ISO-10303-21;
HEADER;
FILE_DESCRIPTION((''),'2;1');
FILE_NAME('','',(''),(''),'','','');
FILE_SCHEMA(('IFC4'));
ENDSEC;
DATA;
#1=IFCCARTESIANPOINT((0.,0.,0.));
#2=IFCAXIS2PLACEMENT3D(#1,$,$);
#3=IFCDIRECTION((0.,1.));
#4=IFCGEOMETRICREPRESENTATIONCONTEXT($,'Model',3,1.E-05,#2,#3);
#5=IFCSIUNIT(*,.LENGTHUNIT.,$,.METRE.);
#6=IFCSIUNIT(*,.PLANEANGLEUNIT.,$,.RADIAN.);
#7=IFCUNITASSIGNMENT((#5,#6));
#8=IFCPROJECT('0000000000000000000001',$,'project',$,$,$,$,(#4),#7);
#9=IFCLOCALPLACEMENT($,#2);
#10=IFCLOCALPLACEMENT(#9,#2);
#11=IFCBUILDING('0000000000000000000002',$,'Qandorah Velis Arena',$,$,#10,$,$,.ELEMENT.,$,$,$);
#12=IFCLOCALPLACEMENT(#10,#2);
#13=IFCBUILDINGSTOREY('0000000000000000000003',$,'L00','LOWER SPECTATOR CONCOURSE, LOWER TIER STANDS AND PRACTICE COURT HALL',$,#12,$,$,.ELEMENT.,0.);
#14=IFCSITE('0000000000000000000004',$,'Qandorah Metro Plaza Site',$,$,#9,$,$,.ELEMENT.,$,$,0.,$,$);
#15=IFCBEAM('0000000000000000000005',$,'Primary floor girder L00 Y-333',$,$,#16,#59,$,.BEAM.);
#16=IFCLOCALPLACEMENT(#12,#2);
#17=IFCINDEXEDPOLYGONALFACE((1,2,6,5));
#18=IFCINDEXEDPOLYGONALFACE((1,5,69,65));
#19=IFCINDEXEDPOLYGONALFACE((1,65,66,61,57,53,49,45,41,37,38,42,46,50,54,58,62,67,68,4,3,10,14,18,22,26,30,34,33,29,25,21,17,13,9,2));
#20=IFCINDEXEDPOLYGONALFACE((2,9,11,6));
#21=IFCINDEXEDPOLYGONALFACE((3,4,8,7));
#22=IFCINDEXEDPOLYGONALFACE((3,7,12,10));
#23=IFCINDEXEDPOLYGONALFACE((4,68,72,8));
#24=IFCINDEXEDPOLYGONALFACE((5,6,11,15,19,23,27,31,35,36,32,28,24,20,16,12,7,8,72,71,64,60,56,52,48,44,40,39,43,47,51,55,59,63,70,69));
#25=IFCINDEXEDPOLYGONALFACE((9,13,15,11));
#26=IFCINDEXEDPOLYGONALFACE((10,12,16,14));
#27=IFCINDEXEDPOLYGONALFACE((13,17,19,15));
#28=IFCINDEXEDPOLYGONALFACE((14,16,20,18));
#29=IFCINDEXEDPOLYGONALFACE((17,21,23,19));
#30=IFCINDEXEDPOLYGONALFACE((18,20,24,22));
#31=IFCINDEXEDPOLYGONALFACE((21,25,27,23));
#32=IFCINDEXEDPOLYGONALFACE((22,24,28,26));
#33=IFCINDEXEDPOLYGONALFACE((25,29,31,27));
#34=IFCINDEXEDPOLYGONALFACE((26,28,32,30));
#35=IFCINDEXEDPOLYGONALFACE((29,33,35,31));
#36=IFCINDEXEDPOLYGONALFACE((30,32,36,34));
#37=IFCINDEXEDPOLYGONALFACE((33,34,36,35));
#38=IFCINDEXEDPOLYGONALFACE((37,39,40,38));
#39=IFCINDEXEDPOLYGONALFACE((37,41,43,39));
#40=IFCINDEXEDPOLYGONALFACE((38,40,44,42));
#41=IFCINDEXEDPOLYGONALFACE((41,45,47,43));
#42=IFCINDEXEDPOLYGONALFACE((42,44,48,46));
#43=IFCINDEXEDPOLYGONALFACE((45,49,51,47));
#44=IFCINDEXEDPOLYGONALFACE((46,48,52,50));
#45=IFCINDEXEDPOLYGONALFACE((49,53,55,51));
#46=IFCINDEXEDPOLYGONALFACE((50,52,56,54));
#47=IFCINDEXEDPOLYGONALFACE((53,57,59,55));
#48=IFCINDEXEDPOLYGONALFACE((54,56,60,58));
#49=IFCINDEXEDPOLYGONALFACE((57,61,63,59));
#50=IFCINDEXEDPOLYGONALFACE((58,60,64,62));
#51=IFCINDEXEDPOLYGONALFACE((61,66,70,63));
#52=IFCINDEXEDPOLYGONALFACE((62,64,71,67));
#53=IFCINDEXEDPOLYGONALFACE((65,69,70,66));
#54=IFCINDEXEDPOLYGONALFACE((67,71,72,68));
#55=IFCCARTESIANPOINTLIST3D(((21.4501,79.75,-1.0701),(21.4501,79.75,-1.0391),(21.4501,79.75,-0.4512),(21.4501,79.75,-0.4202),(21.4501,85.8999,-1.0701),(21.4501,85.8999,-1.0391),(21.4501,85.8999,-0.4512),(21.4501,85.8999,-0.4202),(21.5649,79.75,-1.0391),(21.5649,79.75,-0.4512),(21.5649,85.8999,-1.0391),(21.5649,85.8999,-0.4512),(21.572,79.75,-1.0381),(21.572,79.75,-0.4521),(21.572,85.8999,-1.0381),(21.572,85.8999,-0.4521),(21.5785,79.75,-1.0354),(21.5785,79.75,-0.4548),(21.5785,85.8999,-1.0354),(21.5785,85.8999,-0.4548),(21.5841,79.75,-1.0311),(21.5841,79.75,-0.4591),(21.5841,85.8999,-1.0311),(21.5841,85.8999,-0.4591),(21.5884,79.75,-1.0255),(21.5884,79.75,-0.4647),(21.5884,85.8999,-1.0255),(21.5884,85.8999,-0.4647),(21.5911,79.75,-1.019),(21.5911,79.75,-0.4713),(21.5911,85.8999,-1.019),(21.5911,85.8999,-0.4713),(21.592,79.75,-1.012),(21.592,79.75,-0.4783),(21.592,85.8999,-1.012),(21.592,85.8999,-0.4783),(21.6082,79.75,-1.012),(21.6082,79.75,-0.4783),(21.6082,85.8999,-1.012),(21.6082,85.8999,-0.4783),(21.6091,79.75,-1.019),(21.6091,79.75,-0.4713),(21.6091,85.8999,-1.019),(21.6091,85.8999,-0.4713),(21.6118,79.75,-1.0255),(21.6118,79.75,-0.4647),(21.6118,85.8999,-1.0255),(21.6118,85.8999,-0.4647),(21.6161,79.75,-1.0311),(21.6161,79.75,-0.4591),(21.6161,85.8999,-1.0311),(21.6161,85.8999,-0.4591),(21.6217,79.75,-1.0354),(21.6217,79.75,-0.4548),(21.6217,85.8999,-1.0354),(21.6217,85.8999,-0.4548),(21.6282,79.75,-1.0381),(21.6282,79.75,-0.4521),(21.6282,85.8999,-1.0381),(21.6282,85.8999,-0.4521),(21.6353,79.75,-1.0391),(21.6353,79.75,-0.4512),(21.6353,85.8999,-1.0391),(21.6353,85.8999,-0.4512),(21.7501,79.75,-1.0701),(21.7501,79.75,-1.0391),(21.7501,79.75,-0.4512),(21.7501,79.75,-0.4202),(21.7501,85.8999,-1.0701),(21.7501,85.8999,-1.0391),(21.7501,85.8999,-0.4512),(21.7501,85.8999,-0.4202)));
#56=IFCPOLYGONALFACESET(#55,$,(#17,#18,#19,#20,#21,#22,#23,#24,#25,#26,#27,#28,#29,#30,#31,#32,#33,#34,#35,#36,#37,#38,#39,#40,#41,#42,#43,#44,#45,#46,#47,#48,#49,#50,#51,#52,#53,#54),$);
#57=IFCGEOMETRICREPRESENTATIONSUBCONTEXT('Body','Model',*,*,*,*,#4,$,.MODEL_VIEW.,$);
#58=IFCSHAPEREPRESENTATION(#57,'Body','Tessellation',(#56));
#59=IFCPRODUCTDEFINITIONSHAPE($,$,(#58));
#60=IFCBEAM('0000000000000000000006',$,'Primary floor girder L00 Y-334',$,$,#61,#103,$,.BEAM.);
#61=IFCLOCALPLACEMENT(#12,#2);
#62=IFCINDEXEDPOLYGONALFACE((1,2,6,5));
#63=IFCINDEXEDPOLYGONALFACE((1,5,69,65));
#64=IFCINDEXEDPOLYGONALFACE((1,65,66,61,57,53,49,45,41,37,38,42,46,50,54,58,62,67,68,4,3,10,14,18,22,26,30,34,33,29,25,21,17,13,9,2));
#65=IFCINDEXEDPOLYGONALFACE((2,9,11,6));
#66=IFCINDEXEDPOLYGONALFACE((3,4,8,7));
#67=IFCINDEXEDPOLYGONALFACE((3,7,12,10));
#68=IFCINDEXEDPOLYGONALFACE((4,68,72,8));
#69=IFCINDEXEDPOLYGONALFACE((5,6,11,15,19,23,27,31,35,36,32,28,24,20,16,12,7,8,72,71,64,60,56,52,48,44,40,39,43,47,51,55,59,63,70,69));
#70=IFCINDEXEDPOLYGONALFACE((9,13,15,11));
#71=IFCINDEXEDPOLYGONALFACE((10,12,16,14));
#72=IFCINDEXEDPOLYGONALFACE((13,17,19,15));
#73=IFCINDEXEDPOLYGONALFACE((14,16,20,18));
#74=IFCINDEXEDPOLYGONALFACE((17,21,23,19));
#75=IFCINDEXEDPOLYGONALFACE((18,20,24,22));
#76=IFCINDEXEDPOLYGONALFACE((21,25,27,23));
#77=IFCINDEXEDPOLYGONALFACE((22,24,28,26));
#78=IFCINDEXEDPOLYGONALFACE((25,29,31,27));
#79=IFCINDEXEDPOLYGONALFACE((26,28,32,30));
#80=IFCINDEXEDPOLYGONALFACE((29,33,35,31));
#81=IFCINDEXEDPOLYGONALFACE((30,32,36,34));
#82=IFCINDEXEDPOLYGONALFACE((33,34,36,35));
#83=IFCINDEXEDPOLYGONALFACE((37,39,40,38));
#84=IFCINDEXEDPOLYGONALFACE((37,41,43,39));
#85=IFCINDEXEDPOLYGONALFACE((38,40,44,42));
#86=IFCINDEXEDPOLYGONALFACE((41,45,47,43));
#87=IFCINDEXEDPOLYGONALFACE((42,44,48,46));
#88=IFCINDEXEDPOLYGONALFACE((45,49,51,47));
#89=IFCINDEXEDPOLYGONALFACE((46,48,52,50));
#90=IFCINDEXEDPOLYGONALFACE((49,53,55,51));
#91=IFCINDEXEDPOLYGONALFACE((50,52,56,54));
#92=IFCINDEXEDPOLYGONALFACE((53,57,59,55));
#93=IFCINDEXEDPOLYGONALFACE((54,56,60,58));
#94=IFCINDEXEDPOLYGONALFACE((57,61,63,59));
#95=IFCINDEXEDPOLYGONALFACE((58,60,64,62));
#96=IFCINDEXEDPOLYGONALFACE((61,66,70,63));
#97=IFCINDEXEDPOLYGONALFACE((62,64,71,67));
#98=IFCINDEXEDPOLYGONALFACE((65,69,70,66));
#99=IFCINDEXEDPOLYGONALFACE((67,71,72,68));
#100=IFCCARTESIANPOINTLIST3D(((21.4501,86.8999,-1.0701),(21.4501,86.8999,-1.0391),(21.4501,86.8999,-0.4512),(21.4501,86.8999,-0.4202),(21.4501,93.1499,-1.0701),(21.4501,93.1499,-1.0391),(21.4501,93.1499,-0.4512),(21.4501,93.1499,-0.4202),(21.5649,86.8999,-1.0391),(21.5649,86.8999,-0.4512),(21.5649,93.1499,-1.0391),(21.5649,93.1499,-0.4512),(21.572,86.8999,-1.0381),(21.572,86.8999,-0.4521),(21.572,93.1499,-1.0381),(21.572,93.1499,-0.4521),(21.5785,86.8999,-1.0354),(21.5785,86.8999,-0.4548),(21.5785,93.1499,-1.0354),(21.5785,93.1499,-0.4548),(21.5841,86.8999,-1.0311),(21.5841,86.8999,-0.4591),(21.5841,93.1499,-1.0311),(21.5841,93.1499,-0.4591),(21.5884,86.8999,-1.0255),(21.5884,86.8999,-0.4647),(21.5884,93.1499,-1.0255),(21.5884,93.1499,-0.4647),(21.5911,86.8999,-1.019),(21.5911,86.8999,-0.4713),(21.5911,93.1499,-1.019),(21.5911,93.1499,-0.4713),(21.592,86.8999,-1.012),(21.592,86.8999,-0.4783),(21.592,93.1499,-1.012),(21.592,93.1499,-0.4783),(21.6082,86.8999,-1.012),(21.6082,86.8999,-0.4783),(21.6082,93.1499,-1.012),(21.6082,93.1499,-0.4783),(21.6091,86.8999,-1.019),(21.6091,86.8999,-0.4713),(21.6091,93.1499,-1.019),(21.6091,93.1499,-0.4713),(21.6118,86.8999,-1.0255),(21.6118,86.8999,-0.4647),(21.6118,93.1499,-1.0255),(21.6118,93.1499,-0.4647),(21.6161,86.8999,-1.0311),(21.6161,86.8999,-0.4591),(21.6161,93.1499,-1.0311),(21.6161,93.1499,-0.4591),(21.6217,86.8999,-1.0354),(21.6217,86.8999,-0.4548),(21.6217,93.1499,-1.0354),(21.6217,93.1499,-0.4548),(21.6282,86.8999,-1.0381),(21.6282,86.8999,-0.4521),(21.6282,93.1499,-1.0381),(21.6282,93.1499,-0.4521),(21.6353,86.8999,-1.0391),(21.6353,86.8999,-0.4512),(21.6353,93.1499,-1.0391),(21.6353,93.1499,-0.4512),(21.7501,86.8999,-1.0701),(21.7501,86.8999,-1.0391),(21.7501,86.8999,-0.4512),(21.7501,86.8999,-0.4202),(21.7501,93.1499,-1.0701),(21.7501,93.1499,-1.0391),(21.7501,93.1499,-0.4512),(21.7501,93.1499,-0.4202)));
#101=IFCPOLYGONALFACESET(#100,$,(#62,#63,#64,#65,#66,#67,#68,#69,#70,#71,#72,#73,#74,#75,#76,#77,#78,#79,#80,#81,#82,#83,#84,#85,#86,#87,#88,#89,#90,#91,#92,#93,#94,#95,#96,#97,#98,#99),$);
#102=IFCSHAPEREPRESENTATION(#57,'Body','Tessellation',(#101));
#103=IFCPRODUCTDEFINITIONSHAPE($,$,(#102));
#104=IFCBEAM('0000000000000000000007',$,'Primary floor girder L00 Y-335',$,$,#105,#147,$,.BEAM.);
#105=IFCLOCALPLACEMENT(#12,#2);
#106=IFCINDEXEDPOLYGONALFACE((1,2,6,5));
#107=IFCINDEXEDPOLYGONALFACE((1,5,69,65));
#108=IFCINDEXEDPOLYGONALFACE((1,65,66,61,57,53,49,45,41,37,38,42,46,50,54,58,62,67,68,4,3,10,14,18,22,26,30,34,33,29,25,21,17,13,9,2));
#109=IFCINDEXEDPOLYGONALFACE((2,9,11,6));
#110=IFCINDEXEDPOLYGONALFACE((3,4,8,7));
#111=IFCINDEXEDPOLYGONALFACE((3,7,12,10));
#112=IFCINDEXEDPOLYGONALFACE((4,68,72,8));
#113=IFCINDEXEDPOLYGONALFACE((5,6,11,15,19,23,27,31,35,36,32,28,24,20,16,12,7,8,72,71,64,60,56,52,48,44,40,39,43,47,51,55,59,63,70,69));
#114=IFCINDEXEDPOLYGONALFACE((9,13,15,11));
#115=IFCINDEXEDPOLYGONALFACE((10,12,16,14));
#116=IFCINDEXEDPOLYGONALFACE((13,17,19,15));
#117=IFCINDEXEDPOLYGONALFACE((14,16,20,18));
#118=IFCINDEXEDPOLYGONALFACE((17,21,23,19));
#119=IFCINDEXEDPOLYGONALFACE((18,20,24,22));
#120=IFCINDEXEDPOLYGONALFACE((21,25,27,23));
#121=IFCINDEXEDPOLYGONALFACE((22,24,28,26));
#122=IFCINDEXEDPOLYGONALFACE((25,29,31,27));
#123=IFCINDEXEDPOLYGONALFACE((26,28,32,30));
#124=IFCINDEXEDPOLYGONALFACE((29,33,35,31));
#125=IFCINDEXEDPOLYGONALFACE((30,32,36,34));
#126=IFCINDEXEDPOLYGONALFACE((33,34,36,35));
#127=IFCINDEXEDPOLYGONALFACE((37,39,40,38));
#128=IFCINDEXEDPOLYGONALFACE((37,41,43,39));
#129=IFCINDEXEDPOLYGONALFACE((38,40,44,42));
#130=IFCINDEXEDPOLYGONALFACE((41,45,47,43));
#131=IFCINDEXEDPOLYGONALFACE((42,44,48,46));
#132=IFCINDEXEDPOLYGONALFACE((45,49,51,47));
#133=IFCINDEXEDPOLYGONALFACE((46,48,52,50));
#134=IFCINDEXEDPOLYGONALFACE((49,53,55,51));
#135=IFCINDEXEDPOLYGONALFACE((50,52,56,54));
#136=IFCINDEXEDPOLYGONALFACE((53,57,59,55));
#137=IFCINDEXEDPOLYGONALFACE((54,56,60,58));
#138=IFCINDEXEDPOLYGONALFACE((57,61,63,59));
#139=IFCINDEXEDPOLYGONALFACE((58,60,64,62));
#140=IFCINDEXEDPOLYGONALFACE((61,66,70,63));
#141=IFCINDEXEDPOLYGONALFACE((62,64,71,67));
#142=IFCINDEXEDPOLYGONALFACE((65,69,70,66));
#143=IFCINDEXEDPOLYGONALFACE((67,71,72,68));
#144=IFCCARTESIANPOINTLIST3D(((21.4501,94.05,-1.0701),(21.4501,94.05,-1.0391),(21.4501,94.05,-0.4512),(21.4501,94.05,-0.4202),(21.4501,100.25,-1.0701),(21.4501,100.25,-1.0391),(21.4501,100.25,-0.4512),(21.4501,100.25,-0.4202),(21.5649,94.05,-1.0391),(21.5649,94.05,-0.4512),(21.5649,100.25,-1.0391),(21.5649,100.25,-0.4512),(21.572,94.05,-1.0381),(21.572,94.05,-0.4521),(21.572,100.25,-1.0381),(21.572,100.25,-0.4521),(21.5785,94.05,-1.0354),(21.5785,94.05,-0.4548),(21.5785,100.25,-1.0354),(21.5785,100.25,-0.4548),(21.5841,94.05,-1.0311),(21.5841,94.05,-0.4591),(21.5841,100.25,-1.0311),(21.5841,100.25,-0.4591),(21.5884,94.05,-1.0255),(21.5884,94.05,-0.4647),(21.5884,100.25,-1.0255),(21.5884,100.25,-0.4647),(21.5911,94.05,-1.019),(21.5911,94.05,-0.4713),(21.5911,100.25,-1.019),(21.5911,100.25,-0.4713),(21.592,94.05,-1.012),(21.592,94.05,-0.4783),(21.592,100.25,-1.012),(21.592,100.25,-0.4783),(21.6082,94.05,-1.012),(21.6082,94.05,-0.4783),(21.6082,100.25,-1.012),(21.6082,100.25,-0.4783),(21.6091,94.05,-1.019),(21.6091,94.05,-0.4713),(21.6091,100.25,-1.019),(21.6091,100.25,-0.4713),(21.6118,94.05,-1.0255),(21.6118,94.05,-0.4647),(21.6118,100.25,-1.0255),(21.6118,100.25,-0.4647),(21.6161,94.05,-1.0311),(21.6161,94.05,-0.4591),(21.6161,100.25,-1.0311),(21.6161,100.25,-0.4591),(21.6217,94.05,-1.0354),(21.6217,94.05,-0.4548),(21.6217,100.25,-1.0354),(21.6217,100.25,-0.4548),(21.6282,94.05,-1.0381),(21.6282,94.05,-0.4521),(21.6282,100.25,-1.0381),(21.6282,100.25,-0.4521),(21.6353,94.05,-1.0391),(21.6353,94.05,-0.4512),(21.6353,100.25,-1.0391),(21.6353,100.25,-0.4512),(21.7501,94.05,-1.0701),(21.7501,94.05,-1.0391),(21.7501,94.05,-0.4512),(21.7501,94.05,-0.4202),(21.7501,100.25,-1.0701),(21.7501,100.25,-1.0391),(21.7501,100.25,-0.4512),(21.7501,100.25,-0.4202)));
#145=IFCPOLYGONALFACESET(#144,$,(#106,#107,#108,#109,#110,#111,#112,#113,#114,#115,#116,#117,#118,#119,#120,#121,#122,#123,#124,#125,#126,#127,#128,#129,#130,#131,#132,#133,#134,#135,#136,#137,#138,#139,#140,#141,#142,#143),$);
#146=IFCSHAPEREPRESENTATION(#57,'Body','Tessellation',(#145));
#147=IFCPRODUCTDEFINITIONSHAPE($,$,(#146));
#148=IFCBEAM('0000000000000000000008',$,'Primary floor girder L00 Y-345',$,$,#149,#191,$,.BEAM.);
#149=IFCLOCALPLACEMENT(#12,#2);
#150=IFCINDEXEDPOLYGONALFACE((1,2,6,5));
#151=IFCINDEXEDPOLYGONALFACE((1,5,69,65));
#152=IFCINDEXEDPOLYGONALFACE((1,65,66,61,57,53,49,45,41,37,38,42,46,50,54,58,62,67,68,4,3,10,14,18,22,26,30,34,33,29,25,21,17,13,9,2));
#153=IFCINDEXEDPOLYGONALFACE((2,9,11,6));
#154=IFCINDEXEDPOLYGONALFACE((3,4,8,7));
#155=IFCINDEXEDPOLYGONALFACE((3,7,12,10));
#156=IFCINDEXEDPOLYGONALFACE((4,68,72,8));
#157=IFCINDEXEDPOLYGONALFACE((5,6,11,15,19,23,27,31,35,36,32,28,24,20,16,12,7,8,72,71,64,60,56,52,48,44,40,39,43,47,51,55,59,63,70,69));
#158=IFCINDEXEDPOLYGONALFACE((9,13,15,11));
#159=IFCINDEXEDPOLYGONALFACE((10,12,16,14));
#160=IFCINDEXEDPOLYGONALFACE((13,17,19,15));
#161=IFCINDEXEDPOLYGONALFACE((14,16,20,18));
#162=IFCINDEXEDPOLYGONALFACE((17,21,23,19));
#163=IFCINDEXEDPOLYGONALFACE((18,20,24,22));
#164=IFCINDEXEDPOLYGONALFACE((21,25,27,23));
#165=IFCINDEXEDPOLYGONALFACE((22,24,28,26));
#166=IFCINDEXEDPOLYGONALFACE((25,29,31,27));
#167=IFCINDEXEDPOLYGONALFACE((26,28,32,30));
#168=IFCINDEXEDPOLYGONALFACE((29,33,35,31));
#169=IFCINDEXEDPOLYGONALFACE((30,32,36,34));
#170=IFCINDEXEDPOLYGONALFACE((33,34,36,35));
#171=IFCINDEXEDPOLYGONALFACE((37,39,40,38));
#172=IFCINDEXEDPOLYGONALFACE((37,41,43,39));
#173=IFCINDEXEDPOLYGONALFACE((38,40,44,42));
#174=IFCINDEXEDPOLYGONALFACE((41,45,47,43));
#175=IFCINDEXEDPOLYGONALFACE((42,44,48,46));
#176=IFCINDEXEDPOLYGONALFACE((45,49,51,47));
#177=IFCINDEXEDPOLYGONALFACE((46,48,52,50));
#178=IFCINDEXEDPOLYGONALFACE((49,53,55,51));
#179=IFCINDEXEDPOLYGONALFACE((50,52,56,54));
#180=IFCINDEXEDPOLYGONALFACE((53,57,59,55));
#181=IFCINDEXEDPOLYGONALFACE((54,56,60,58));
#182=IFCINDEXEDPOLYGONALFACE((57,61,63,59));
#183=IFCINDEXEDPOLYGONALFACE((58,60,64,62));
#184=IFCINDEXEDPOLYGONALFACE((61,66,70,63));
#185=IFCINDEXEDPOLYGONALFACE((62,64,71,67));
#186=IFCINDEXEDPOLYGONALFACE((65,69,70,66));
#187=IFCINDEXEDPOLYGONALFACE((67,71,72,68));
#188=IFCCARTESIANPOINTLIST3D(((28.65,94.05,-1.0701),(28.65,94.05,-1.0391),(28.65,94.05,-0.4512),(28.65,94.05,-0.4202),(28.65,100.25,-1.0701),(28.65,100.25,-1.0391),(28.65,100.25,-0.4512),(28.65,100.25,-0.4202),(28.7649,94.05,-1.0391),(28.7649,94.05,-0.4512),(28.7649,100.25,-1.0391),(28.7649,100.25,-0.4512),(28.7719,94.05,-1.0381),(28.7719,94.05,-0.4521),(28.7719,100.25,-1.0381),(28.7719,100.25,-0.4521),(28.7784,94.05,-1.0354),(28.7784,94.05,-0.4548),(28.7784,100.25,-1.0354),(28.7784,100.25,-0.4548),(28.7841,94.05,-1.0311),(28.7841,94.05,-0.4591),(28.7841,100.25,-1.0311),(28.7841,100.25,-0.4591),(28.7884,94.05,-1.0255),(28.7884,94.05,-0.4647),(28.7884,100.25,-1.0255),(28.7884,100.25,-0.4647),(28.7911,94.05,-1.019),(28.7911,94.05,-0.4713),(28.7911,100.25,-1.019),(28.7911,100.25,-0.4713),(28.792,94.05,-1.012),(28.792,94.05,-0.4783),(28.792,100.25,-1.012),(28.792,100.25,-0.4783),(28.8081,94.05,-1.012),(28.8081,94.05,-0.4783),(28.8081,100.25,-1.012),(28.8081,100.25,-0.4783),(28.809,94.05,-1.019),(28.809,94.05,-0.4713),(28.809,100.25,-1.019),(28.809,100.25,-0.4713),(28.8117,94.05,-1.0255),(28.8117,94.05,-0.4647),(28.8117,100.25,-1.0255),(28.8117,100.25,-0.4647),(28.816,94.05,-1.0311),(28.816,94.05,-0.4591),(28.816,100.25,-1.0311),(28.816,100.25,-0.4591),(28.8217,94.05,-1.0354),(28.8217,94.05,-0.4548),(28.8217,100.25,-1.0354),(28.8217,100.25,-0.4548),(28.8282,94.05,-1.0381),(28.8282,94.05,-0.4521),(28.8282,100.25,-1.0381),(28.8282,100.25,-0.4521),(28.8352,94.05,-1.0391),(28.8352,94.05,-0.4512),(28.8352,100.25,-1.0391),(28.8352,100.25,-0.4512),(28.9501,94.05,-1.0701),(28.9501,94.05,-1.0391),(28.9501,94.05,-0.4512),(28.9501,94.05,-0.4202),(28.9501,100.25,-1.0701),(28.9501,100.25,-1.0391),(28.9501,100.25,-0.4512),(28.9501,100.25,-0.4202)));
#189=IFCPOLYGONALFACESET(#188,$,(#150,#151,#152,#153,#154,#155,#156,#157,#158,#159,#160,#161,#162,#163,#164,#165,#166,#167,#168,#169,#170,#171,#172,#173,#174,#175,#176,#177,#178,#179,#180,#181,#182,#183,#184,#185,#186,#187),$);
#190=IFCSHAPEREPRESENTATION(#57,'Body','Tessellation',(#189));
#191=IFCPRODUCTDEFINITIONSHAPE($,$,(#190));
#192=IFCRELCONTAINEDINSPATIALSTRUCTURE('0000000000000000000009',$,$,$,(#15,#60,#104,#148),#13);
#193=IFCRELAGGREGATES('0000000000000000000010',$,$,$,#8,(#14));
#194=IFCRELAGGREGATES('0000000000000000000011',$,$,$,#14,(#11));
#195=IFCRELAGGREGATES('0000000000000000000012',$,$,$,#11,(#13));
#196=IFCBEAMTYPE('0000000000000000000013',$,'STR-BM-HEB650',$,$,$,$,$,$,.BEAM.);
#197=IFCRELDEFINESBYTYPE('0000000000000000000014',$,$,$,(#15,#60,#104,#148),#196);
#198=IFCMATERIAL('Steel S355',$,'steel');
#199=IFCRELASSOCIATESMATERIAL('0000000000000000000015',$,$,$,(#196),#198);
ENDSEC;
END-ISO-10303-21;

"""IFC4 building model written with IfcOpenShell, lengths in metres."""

from ifc_helpers import new_model, si_unit, direction, frame, origin, origin_2d, place, context, subcontext, project, spatial, i_section, extrude, material, material_profile, profile_set, type_object, element, save


model = new_model("IFC4")

# Units and contexts
model_context = context("Model", 3, precision=1e-05, world=origin(), true_north=direction((0.0, 1.0)))
body_context = subcontext(model_context, "Body", "Model", "MODEL_VIEW")
ifc_project = project(units=[si_unit("LENGTHUNIT", "METRE"), si_unit("PLANEANGLEUNIT", "RADIAN")], contexts=[model_context])

# Site, building, storey
site_placement = place(None, origin())
site = spatial("IfcSite", under=ifc_project, at=site_placement, Name="Qandorah Metro Plaza Site", CompositionType="ELEMENT", RefElevation=0.0)
building_placement = place(site_placement, origin())
building = spatial("IfcBuilding", under=site, at=building_placement, Name="Qandorah Velis Arena", CompositionType="ELEMENT")
storey_placement = place(building_placement, origin())
storey = spatial("IfcBuildingStorey", under=building, at=storey_placement, Name="L00", Description="LOWER SPECTATOR CONCOURSE, LOWER TIER STANDS AND PRACTICE COURT HALL", CompositionType="ELEMENT", Elevation=0.0)

# Beams
ifc_material_1 = material(Name="Steel S355", Category="steel")
ifc_material_profile_1 = material_profile(ifc_material_1, i_section(OverallWidth=0.3, OverallDepth=0.6499, WebThickness=0.0161, FlangeThickness=0.031, FilletRadius=0.0271, at=origin_2d()), Name="HEB 650")
ifc_profile_set_1 = profile_set([ifc_material_profile_1], Name="Steel S355")
beam_type_1 = type_object("IfcBeamType", Name="STR-BM-HEB650", PredefinedType="BEAM", material=ifc_profile_set_1)
beam_1_placement = place(storey_placement, frame((21.6001, 79.75, -0.7451), z_axis=(0.0, 1.0, 0.0), x_axis=(-1.0, 0.0, 0.0)))
element("IfcBeam", 1, at=beam_1_placement, inside=storey, type_object=beam_type_1, Name="Primary floor girder L00 Y-333", PredefinedType="BEAM", context=body_context, shape_type="SweptSolid", body=[
    extrude(i_section(OverallWidth=0.3, OverallDepth=0.6499, WebThickness=0.0161, FlangeThickness=0.031, FilletRadius=0.0271, at=origin_2d()), origin(), (0.0, 0.0, 1.0), 6.1499),
])
beam_2_placement = place(storey_placement, frame((21.6001, 86.8999, -0.7451), z_axis=(0.0, 1.0, 0.0), x_axis=(-1.0, 0.0, 0.0)))
element("IfcBeam", 2, at=beam_2_placement, inside=storey, type_object=beam_type_1, Name="Primary floor girder L00 Y-334", PredefinedType="BEAM", context=body_context, shape_type="SweptSolid", body=[
    extrude(i_section(OverallWidth=0.3, OverallDepth=0.6499, WebThickness=0.0161, FlangeThickness=0.031, FilletRadius=0.0271, at=origin_2d()), origin(), (0.0, 0.0, 1.0), 6.25),
])
for number, where, z_axis, x_axis, name in (
    (3, (21.6001, 94.05, -0.7451), (0.0, 1.0, 0.0), (-1.0, 0.0, 0.0), "Primary floor girder L00 Y-335"),
    (4, (28.8, 94.05, -0.7451), (0.0, 1.0, 0.0), (-1.0, 0.0, 0.0), "Primary floor girder L00 Y-345"),
):
    element("IfcBeam", number, at=place(storey_placement, frame(where, z_axis=z_axis, x_axis=x_axis)), inside=storey, type_object=beam_type_1, Name=name, PredefinedType="BEAM", context=body_context, shape_type="SweptSolid", body=[
        extrude(i_section(OverallWidth=0.3, OverallDepth=0.6499, WebThickness=0.0161, FlangeThickness=0.031, FilletRadius=0.0271, at=origin_2d()), origin(), (0.0, 0.0, 1.0), 6.2),
    ])

save(model, "model.ifc")
